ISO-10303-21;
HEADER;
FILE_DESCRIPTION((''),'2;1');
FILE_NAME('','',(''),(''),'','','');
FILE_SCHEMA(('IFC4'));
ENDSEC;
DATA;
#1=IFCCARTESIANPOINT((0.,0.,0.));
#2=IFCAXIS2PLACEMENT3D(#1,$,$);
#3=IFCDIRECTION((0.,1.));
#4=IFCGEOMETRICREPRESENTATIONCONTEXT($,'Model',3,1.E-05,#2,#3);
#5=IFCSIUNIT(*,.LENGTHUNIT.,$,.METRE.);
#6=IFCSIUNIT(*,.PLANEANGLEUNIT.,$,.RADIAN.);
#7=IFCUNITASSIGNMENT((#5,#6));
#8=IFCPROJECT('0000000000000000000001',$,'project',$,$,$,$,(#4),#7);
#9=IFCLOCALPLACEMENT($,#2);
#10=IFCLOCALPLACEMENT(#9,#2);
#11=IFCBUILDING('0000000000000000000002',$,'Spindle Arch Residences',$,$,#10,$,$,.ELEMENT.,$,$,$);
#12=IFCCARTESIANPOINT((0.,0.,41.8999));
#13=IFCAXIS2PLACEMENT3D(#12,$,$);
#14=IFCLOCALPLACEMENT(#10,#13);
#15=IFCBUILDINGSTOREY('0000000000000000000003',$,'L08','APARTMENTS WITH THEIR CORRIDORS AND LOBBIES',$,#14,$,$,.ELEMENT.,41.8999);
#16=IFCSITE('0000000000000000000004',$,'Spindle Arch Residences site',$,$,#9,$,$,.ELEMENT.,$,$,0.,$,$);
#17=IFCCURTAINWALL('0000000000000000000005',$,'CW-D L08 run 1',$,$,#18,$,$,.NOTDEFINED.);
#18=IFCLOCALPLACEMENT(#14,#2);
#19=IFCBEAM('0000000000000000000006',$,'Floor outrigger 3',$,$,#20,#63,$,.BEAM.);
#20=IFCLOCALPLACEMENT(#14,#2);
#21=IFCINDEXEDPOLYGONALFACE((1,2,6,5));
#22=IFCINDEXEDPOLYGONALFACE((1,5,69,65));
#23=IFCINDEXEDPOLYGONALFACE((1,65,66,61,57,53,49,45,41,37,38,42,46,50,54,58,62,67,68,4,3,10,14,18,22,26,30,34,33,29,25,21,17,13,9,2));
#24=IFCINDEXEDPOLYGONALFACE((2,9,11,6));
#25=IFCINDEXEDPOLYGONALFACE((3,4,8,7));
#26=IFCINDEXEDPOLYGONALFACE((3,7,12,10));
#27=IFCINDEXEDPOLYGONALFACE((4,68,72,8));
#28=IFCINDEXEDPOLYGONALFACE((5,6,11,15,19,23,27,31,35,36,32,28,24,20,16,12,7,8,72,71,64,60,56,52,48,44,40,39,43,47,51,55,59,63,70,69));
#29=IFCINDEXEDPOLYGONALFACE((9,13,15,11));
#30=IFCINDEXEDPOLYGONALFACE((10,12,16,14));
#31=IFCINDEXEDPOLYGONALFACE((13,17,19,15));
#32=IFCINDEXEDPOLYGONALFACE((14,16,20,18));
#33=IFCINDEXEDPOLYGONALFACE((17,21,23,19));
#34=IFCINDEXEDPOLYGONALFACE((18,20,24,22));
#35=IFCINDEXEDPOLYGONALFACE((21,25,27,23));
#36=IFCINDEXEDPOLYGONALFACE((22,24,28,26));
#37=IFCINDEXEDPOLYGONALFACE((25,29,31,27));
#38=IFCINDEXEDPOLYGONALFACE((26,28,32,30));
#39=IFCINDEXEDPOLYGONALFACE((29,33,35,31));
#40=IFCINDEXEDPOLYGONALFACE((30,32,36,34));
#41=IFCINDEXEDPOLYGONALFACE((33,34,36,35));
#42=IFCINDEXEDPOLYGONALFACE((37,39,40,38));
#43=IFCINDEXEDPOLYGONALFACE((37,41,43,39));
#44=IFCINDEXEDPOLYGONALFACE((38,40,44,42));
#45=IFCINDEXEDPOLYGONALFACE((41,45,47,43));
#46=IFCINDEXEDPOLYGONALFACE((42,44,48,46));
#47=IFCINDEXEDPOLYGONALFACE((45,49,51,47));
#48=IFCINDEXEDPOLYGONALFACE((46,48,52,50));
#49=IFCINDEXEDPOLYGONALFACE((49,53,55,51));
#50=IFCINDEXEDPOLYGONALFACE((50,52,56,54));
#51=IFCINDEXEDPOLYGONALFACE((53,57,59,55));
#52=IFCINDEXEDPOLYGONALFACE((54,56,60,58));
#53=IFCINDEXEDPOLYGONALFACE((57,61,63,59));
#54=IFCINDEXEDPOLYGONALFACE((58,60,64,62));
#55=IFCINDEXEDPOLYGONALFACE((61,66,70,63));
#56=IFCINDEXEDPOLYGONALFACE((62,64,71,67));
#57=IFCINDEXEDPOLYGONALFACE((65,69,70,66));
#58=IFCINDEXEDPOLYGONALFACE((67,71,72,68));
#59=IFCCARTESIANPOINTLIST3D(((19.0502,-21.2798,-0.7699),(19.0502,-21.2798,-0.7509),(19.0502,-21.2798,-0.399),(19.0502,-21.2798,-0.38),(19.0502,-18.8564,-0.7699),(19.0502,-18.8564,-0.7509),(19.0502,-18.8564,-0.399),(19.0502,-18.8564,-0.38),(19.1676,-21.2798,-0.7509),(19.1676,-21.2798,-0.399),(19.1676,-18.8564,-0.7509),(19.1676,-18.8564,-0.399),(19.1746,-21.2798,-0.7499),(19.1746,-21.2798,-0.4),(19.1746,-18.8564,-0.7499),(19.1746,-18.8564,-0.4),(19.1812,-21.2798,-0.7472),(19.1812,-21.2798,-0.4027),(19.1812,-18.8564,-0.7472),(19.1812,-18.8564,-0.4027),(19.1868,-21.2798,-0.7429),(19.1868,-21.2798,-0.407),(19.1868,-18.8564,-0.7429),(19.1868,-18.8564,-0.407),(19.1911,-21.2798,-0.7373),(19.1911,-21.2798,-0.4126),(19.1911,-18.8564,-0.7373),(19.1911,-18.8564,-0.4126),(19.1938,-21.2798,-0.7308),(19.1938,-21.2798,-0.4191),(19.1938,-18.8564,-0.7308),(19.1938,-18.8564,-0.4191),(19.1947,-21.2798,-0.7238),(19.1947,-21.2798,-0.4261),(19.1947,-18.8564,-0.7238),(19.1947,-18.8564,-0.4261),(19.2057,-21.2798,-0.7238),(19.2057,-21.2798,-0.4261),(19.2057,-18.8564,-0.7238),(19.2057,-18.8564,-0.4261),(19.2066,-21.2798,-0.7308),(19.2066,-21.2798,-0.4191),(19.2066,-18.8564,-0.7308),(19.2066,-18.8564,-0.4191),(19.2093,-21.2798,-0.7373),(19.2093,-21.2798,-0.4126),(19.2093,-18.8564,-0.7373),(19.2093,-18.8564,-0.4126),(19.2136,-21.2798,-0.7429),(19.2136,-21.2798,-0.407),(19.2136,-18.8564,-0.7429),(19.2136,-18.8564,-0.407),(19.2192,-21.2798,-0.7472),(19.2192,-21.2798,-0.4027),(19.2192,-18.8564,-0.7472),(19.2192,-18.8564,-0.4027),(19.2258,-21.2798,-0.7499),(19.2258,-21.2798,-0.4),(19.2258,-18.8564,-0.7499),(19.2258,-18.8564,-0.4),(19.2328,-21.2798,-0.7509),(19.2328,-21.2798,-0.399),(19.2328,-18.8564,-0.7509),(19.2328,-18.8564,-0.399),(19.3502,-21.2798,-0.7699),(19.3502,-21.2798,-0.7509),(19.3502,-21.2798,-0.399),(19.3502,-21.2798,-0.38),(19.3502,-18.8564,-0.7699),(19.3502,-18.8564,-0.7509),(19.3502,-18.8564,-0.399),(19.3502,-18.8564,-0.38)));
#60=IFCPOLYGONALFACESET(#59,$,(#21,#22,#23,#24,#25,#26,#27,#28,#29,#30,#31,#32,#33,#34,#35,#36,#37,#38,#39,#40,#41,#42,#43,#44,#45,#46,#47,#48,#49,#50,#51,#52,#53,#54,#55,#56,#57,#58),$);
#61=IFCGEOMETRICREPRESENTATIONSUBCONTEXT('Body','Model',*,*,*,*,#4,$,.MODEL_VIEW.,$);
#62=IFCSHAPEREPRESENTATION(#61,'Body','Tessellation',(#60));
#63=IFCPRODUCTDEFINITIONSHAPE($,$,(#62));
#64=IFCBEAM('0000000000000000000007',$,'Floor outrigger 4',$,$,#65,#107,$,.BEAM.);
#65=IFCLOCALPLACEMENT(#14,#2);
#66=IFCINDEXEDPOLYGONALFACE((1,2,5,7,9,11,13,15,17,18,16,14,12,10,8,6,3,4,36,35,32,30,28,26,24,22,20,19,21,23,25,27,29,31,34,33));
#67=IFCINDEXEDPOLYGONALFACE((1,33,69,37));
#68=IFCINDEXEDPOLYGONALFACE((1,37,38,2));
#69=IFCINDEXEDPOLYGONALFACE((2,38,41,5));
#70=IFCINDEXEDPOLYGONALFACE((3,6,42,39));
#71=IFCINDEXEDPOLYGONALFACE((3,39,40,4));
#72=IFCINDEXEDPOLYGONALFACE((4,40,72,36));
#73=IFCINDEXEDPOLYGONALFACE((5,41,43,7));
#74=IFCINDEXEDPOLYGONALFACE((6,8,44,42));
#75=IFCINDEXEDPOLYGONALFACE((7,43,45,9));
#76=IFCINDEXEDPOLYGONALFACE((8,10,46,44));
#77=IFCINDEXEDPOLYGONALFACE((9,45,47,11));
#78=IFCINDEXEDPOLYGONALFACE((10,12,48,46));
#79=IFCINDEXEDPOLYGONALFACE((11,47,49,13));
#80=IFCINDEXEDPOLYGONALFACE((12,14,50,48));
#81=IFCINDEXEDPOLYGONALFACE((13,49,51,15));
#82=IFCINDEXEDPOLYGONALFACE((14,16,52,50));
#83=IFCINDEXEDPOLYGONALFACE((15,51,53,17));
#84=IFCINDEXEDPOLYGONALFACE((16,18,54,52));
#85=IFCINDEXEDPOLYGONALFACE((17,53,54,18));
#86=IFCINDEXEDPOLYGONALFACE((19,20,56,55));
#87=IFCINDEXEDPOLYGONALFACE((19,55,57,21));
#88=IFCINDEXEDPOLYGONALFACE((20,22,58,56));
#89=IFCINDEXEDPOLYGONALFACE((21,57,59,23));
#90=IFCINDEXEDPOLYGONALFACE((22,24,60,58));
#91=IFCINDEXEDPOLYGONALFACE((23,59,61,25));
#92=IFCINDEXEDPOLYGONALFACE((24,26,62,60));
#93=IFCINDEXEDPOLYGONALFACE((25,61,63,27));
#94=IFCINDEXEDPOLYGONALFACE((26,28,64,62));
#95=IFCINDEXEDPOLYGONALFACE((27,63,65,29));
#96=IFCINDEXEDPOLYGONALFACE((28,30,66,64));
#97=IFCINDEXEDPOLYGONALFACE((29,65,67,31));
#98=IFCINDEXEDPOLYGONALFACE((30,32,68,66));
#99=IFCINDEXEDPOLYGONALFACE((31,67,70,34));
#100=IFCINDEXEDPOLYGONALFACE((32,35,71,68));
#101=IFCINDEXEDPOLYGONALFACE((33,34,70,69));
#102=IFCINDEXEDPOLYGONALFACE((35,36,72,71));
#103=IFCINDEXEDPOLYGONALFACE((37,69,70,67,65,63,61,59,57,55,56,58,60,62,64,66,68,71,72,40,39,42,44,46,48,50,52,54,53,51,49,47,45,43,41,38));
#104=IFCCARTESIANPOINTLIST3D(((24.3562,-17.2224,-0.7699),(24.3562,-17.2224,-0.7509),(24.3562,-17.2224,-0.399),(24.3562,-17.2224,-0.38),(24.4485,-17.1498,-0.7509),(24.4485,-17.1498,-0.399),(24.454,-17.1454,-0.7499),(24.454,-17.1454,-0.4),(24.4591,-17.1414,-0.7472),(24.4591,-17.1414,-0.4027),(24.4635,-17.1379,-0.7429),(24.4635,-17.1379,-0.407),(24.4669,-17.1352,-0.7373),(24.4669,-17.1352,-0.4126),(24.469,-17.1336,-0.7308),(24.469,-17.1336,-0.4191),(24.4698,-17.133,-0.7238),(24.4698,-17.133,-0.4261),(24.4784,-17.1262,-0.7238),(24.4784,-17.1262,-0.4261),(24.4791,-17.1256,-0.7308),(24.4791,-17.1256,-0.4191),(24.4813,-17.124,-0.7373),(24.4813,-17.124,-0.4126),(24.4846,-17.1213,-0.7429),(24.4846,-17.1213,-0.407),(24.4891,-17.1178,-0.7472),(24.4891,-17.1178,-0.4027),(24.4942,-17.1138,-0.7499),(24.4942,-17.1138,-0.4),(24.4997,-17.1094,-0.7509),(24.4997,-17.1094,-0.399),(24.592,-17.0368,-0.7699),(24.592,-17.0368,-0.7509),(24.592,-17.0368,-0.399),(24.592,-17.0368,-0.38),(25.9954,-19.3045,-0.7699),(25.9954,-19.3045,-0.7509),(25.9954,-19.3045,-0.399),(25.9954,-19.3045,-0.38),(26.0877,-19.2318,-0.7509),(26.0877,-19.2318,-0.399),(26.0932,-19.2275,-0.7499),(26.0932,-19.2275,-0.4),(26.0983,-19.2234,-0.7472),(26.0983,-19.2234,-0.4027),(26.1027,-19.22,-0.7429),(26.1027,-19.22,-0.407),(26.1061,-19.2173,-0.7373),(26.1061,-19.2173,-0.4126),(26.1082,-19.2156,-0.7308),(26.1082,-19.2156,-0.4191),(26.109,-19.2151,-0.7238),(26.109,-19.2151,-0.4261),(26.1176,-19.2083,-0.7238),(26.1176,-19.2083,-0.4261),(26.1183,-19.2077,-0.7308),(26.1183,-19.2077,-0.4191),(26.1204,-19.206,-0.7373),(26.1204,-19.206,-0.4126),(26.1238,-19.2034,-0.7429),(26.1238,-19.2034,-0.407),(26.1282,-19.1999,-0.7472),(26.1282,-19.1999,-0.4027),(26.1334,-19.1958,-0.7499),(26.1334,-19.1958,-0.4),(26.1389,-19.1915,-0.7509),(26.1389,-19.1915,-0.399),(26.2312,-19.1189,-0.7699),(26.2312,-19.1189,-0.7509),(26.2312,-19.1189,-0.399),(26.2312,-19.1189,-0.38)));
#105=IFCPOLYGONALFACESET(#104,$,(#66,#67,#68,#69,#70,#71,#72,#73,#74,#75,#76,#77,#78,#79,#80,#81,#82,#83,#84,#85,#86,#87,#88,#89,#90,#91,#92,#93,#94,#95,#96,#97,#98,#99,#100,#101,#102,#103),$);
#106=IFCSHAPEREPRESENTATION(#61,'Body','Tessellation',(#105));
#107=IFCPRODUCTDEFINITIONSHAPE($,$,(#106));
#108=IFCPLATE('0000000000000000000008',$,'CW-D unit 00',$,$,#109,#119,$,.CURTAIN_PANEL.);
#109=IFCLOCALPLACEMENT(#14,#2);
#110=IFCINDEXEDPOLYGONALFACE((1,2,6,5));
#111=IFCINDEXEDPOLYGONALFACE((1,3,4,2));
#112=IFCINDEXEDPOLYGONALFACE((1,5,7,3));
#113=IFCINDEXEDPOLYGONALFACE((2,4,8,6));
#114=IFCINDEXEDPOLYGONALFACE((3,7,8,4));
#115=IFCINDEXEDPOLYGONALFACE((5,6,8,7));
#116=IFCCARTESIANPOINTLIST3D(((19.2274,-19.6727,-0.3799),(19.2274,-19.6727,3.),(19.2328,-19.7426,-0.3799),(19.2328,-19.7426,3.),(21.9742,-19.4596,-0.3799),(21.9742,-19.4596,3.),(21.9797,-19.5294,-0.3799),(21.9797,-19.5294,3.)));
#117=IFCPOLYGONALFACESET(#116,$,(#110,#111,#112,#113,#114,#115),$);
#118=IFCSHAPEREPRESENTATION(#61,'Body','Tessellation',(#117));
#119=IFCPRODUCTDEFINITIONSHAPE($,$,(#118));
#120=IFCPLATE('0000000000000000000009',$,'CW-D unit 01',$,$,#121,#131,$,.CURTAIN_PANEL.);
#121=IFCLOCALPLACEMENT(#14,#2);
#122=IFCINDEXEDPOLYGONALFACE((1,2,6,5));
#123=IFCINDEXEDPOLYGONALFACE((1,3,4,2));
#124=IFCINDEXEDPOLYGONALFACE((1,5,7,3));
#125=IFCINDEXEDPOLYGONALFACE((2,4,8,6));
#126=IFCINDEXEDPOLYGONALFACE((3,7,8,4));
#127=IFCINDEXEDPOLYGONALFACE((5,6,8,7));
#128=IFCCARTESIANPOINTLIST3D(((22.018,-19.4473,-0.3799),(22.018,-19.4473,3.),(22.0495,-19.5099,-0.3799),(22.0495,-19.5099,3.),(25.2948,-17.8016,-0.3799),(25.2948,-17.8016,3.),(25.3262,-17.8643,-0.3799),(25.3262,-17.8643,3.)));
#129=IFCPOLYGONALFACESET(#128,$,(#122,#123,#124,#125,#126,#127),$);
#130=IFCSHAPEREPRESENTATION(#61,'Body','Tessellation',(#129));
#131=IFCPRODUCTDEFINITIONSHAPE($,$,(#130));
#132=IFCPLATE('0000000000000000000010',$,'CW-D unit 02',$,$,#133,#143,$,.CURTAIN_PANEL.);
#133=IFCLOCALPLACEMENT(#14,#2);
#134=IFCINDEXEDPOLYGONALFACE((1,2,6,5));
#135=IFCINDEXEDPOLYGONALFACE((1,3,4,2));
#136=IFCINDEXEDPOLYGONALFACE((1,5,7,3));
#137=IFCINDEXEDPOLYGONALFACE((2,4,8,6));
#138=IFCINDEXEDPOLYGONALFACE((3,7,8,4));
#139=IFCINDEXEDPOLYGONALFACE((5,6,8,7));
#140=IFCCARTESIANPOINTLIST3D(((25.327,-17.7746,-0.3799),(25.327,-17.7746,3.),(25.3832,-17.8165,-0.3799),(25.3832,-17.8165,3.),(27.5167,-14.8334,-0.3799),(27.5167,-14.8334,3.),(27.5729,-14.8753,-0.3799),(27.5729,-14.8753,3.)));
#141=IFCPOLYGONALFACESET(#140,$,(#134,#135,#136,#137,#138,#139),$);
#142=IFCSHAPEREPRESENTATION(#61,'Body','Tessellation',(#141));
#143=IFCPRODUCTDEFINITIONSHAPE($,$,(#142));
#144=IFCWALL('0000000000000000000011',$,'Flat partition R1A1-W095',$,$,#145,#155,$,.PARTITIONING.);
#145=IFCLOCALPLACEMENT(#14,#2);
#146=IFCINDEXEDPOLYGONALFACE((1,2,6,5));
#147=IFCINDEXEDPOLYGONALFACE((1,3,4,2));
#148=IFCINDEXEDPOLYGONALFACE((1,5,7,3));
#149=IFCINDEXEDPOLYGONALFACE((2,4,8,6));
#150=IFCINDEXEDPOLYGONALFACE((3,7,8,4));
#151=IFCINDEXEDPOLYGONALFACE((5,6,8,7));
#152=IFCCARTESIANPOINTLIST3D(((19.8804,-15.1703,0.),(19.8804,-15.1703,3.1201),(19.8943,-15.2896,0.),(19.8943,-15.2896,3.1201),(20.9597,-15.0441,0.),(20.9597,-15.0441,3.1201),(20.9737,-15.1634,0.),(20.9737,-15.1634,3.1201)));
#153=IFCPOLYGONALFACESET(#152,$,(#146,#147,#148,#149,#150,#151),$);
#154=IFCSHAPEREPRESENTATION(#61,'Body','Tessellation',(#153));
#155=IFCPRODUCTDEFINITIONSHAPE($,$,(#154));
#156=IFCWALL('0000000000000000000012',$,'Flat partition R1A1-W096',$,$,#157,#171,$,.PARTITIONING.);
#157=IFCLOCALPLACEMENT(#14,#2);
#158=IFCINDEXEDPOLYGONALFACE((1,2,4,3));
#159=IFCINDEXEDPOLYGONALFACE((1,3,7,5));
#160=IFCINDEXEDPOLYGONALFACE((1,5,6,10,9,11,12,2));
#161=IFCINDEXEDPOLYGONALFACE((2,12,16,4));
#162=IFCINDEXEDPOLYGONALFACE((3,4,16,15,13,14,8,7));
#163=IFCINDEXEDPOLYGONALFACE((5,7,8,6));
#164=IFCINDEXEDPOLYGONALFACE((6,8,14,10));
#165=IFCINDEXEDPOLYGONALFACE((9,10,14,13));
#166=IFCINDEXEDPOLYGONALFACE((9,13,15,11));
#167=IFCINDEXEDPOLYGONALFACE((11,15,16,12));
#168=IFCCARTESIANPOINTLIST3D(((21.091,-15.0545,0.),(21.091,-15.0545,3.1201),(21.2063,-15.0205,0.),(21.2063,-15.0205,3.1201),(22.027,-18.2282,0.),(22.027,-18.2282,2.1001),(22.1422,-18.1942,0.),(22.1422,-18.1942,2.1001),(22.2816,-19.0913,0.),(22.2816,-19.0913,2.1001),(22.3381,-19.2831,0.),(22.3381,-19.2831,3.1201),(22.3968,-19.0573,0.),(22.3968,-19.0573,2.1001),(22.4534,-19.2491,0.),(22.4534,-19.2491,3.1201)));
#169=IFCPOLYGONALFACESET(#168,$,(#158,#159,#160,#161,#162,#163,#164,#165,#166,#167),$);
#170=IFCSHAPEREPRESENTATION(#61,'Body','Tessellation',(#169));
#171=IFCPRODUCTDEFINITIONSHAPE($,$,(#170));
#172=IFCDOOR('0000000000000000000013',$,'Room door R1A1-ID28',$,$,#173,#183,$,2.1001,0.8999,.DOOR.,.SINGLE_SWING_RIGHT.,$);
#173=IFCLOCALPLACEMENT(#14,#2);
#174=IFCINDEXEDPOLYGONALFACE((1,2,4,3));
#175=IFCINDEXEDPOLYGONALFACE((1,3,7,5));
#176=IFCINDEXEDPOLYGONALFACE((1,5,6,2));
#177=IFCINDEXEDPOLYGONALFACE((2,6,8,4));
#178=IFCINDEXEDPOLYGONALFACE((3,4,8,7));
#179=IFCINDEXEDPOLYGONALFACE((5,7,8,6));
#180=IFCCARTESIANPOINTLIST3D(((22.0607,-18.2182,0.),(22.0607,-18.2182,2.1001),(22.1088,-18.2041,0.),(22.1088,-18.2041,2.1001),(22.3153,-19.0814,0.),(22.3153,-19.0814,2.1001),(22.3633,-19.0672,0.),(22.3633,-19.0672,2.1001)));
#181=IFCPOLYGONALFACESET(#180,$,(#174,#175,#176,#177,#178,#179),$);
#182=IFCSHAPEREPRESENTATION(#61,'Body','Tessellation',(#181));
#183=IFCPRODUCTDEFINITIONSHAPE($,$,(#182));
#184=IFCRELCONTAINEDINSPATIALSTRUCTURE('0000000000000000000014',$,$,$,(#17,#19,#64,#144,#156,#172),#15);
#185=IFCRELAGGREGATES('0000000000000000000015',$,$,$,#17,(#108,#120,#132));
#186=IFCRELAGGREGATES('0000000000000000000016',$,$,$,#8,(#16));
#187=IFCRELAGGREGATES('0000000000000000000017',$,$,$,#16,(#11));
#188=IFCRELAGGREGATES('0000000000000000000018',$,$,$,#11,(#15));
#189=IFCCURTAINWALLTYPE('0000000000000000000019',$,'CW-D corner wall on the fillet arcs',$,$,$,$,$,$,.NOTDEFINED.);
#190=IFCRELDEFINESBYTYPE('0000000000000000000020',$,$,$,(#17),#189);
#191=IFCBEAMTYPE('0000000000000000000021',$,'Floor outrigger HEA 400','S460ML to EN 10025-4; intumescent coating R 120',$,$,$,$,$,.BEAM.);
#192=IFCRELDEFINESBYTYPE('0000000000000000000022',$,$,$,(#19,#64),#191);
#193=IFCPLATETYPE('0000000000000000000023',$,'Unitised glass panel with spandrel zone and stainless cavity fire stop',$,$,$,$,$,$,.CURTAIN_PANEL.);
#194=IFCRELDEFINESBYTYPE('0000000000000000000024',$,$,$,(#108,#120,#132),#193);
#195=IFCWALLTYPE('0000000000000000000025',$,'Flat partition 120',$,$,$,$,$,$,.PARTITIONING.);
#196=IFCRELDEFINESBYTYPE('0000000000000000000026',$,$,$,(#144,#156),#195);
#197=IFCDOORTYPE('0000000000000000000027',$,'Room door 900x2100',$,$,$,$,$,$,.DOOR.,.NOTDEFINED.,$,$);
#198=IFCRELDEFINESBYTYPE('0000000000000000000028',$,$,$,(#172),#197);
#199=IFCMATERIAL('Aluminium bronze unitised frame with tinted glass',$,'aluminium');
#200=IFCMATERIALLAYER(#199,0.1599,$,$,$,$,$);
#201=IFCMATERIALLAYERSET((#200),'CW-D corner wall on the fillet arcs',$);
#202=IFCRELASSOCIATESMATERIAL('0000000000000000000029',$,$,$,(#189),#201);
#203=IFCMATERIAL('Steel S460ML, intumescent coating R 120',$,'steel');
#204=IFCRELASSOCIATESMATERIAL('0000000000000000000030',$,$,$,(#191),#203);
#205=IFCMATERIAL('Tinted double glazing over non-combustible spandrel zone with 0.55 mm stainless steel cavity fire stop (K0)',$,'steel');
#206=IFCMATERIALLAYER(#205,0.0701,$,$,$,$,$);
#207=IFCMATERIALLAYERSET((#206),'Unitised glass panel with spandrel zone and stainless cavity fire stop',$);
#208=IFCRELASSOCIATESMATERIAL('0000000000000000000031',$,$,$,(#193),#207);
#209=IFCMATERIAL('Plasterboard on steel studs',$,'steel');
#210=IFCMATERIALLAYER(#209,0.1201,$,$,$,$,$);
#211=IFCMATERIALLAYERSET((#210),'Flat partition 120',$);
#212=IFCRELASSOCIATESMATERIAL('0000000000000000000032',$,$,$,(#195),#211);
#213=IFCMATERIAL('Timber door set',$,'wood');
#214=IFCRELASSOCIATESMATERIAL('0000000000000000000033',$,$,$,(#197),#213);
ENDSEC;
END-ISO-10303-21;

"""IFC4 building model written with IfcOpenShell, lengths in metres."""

from ifc_helpers import new_model, si_unit, direction, frame, frame_2d, origin, origin_2d, place, context, subcontext, project, spatial, rectangle, i_section, extrude, material, layer, layer_set, material_profile, profile_set, type_object, element, fill, aggregate, save


model = new_model("IFC4")

# Units and contexts
model_context = context("Model", 3, precision=1e-05, world=origin(), true_north=direction((0.0, 1.0)))
body_context = subcontext(model_context, "Body", "Model", "MODEL_VIEW")
ifc_project = project(units=[si_unit("LENGTHUNIT", "METRE"), si_unit("PLANEANGLEUNIT", "RADIAN")], contexts=[model_context])

# Site, building, storey
site_placement = place(None, origin())
site = spatial("IfcSite", under=ifc_project, at=site_placement, Name="Spindle Arch Residences site", CompositionType="ELEMENT", RefElevation=0.0)
building_placement = place(site_placement, origin())
building = spatial("IfcBuilding", under=site, at=building_placement, Name="Spindle Arch Residences", CompositionType="ELEMENT")
storey_placement = place(building_placement, frame((0.0, 0.0, 41.8999)))
storey = spatial("IfcBuildingStorey", under=building, at=storey_placement, Name="L08", Description="APARTMENTS WITH THEIR CORRIDORS AND LOBBIES", CompositionType="ELEMENT", Elevation=41.8999)

# Curtain wall
ifc_material_1 = material(Name="Aluminium bronze unitised frame with tinted glass", Category="aluminium")
ifc_layer_1 = layer(ifc_material_1, 0.1599)
ifc_layer_set_1 = layer_set([ifc_layer_1], Name="CW-D corner wall on the fillet arcs")
curtain_wall_type = type_object("IfcCurtainWallType", Name="CW-D corner wall on the fillet arcs", PredefinedType="NOTDEFINED", material=ifc_layer_set_1)
curtain_wall_placement = place(storey_placement, origin())
curtain_wall = element("IfcCurtainWall", 1, at=curtain_wall_placement, inside=storey, type_object=curtain_wall_type, Name="CW-D L08 run 1", PredefinedType="NOTDEFINED")

# Beams
ifc_material_2 = material(Name="Steel S460ML, intumescent coating R 120", Category="steel")
ifc_material_profile_1 = material_profile(ifc_material_2, i_section(OverallWidth=0.3, OverallDepth=0.3899, WebThickness=0.011, FlangeThickness=0.019, FilletRadius=0.0271, at=origin_2d()), Name="HEA 400")
ifc_profile_set_1 = profile_set([ifc_material_profile_1], Name="Steel S460ML, intumescent coating R 120")
beam_type_1 = type_object("IfcBeamType", Name="Floor outrigger HEA 400", Description="S460ML to EN 10025-4; intumescent coating R 120", PredefinedType="BEAM", material=ifc_profile_set_1)
beam_1_placement = place(storey_placement, frame((19.2002, -21.2798, -0.575), z_axis=(0.0, 1.0, 0.0), x_axis=(-1.0, 0.0, 0.0)))
element("IfcBeam", 2, at=beam_1_placement, inside=storey, type_object=beam_type_1, Name="Floor outrigger 3", PredefinedType="BEAM", context=body_context, shape_type="SweptSolid", body=[
    extrude(i_section(OverallWidth=0.3, OverallDepth=0.3899, WebThickness=0.011, FlangeThickness=0.019, FilletRadius=0.0271, at=origin_2d()), origin(), (0.0, 0.0, 1.0), 2.4233),
])
beam_2_placement = place(storey_placement, frame((26.1133, -19.2117, -0.575), z_axis=(-0.618586, 0.785717, 0.0), x_axis=(-0.785717, -0.618586, 0.0)))
element("IfcBeam", 3, at=beam_2_placement, inside=storey, type_object=beam_type_1, Name="Floor outrigger 4", PredefinedType="BEAM", context=body_context, shape_type="SweptSolid", body=[
    extrude(i_section(OverallWidth=0.3, OverallDepth=0.3899, WebThickness=0.011, FlangeThickness=0.019, FilletRadius=0.0271, at=origin_2d()), origin(), (0.0, 0.0, 1.0), 2.6499),
])

# Plates
ifc_material_3 = material(Name="Tinted double glazing over non-combustible spandrel zone with 0.55 mm stainless steel cavity fire stop (K0)", Category="steel")
ifc_layer_2 = layer(ifc_material_3, 0.0701)
ifc_layer_set_2 = layer_set([ifc_layer_2], Name="Unitised glass panel with spandrel zone and stainless cavity fire stop")
plate_type = type_object("IfcPlateType", Name="Unitised glass panel with spandrel zone and stainless cavity fire stop", PredefinedType="CURTAIN_PANEL", material=ifc_layer_set_2)
plate_1_placement = place(storey_placement, frame((20.6035, -19.6011, -0.3799), z_axis=(0.0, 0.0, 1.0), x_axis=(0.997003, 0.077364, 0.0)))
plate_1 = element("IfcPlate", 4, at=plate_1_placement, type_object=plate_type, Name="CW-D unit 00", PredefinedType="CURTAIN_PANEL", context=body_context, shape_type="SweptSolid", body=[
    extrude(rectangle(XDim=2.7551, YDim=0.0701, at=origin_2d()), origin(), (0.0, 0.0, 1.0), 3.3799),
])
plate_2_placement = place(storey_placement, frame((23.6721, -18.6558, -0.3799), z_axis=(0.0, 0.0, 1.0), x_axis=(0.893633, 0.448799, 0.0)))
plate_2 = element("IfcPlate", 5, at=plate_2_placement, type_object=plate_type, Name="CW-D unit 01", PredefinedType="CURTAIN_PANEL", context=body_context, shape_type="SweptSolid", body=[
    extrude(rectangle(XDim=3.6667, YDim=0.0701, at=origin_2d()), origin(), (0.0, 0.0, 1.0), 3.3799),
])
plate_3_placement = place(storey_placement, frame((26.45, -16.325, -0.3799), z_axis=(0.0, 0.0, 1.0), x_axis=(0.597159, 0.802123, 0.0)))
plate_3 = element("IfcPlate", 6, at=plate_3_placement, type_object=plate_type, Name="CW-D unit 02", PredefinedType="CURTAIN_PANEL", context=body_context, shape_type="SweptSolid", body=[
    extrude(rectangle(XDim=3.6667, YDim=0.0701, at=origin_2d()), origin(), (0.0, 0.0, 1.0), 3.3799),
])
aggregate(curtain_wall, [plate_1, plate_2, plate_3])

# Wall
ifc_material_4 = material(Name="Plasterboard on steel studs", Category="steel")
ifc_layer_3 = layer(ifc_material_4, 0.1201)
ifc_layer_set_3 = layer_set([ifc_layer_3], Name="Flat partition 120")
wall_type_1 = type_object("IfcWallType", Name="Flat partition 120", PredefinedType="PARTITIONING", material=ifc_layer_set_3)
wall_1_placement = place(storey_placement, frame((20.9668, -15.1038, 0.0), z_axis=(0.0, 0.0, 1.0), x_axis=(-0.993232, -0.11615, 0.0)))
element("IfcWall", 7, at=wall_1_placement, inside=storey, type_object=wall_type_1, Name="Flat partition R1A1-W095", PredefinedType="PARTITIONING", context=body_context, shape_type="SweptSolid", body=[
    extrude(rectangle(XDim=1.0867, YDim=0.1201, at=frame_2d((0.5435, 0.0))), origin(), (0.0, 0.0, 1.0), 3.1201),
])

# Wall, opening, door
wall_2_placement = place(storey_placement, frame((22.3958, -19.2661, 0.0), z_axis=(0.0, 0.0, 1.0), x_axis=(-0.282874, 0.959157, 0.0)))
wall_2 = element("IfcWall", 8, at=wall_2_placement, inside=storey, type_object=wall_type_1, Name="Flat partition R1A1-W096", PredefinedType="PARTITIONING", context=body_context, shape_type="SweptSolid", body=[
    extrude(rectangle(XDim=4.4087, YDim=0.1201, at=frame_2d((2.2043, 0.0))), origin(), (0.0, 0.0, 1.0), 3.1201),
])
opening_placement = place(wall_2_placement, frame((0.2, 0.0, 0.0)))
opening = element("IfcOpeningElement", 9, at=opening_placement, cuts=wall_2, PredefinedType="OPENING", context=body_context, shape_type="SweptSolid", body=[
    extrude(rectangle(XDim=0.8999, YDim=2.1001, at=frame_2d((0.45, 1.05))), frame((0.0, 0.0701, 0.0), z_axis=(0.0, -1.0, 0.0), x_axis=(1.0, 0.0, 0.0)), (0.0, 0.0, 1.0), 0.1401),
])
ifc_material_5 = material(Name="Timber door set", Category="wood")
door_type = type_object("IfcDoorType", Name="Room door 900x2100", OperationType="NOTDEFINED", PredefinedType="DOOR", material=ifc_material_5)
door_placement = place(opening_placement, origin())
door = element("IfcDoor", 10, at=door_placement, inside=storey, type_object=door_type, Name="Room door R1A1-ID28", OperationType="SINGLE_SWING_RIGHT", OverallHeight=2.1001, OverallWidth=0.8999, PredefinedType="DOOR", context=body_context, shape_type="SweptSolid", body=[
    extrude(rectangle(XDim=0.8999, YDim=2.1001, at=frame_2d((0.45, 1.05))), frame((0.0, 0.0249, 0.0), z_axis=(0.0, -1.0, 0.0), x_axis=(1.0, 0.0, 0.0)), (0.0, 0.0, 1.0), 0.05),
])
fill(opening, door)

save(model, "model.ifc")
